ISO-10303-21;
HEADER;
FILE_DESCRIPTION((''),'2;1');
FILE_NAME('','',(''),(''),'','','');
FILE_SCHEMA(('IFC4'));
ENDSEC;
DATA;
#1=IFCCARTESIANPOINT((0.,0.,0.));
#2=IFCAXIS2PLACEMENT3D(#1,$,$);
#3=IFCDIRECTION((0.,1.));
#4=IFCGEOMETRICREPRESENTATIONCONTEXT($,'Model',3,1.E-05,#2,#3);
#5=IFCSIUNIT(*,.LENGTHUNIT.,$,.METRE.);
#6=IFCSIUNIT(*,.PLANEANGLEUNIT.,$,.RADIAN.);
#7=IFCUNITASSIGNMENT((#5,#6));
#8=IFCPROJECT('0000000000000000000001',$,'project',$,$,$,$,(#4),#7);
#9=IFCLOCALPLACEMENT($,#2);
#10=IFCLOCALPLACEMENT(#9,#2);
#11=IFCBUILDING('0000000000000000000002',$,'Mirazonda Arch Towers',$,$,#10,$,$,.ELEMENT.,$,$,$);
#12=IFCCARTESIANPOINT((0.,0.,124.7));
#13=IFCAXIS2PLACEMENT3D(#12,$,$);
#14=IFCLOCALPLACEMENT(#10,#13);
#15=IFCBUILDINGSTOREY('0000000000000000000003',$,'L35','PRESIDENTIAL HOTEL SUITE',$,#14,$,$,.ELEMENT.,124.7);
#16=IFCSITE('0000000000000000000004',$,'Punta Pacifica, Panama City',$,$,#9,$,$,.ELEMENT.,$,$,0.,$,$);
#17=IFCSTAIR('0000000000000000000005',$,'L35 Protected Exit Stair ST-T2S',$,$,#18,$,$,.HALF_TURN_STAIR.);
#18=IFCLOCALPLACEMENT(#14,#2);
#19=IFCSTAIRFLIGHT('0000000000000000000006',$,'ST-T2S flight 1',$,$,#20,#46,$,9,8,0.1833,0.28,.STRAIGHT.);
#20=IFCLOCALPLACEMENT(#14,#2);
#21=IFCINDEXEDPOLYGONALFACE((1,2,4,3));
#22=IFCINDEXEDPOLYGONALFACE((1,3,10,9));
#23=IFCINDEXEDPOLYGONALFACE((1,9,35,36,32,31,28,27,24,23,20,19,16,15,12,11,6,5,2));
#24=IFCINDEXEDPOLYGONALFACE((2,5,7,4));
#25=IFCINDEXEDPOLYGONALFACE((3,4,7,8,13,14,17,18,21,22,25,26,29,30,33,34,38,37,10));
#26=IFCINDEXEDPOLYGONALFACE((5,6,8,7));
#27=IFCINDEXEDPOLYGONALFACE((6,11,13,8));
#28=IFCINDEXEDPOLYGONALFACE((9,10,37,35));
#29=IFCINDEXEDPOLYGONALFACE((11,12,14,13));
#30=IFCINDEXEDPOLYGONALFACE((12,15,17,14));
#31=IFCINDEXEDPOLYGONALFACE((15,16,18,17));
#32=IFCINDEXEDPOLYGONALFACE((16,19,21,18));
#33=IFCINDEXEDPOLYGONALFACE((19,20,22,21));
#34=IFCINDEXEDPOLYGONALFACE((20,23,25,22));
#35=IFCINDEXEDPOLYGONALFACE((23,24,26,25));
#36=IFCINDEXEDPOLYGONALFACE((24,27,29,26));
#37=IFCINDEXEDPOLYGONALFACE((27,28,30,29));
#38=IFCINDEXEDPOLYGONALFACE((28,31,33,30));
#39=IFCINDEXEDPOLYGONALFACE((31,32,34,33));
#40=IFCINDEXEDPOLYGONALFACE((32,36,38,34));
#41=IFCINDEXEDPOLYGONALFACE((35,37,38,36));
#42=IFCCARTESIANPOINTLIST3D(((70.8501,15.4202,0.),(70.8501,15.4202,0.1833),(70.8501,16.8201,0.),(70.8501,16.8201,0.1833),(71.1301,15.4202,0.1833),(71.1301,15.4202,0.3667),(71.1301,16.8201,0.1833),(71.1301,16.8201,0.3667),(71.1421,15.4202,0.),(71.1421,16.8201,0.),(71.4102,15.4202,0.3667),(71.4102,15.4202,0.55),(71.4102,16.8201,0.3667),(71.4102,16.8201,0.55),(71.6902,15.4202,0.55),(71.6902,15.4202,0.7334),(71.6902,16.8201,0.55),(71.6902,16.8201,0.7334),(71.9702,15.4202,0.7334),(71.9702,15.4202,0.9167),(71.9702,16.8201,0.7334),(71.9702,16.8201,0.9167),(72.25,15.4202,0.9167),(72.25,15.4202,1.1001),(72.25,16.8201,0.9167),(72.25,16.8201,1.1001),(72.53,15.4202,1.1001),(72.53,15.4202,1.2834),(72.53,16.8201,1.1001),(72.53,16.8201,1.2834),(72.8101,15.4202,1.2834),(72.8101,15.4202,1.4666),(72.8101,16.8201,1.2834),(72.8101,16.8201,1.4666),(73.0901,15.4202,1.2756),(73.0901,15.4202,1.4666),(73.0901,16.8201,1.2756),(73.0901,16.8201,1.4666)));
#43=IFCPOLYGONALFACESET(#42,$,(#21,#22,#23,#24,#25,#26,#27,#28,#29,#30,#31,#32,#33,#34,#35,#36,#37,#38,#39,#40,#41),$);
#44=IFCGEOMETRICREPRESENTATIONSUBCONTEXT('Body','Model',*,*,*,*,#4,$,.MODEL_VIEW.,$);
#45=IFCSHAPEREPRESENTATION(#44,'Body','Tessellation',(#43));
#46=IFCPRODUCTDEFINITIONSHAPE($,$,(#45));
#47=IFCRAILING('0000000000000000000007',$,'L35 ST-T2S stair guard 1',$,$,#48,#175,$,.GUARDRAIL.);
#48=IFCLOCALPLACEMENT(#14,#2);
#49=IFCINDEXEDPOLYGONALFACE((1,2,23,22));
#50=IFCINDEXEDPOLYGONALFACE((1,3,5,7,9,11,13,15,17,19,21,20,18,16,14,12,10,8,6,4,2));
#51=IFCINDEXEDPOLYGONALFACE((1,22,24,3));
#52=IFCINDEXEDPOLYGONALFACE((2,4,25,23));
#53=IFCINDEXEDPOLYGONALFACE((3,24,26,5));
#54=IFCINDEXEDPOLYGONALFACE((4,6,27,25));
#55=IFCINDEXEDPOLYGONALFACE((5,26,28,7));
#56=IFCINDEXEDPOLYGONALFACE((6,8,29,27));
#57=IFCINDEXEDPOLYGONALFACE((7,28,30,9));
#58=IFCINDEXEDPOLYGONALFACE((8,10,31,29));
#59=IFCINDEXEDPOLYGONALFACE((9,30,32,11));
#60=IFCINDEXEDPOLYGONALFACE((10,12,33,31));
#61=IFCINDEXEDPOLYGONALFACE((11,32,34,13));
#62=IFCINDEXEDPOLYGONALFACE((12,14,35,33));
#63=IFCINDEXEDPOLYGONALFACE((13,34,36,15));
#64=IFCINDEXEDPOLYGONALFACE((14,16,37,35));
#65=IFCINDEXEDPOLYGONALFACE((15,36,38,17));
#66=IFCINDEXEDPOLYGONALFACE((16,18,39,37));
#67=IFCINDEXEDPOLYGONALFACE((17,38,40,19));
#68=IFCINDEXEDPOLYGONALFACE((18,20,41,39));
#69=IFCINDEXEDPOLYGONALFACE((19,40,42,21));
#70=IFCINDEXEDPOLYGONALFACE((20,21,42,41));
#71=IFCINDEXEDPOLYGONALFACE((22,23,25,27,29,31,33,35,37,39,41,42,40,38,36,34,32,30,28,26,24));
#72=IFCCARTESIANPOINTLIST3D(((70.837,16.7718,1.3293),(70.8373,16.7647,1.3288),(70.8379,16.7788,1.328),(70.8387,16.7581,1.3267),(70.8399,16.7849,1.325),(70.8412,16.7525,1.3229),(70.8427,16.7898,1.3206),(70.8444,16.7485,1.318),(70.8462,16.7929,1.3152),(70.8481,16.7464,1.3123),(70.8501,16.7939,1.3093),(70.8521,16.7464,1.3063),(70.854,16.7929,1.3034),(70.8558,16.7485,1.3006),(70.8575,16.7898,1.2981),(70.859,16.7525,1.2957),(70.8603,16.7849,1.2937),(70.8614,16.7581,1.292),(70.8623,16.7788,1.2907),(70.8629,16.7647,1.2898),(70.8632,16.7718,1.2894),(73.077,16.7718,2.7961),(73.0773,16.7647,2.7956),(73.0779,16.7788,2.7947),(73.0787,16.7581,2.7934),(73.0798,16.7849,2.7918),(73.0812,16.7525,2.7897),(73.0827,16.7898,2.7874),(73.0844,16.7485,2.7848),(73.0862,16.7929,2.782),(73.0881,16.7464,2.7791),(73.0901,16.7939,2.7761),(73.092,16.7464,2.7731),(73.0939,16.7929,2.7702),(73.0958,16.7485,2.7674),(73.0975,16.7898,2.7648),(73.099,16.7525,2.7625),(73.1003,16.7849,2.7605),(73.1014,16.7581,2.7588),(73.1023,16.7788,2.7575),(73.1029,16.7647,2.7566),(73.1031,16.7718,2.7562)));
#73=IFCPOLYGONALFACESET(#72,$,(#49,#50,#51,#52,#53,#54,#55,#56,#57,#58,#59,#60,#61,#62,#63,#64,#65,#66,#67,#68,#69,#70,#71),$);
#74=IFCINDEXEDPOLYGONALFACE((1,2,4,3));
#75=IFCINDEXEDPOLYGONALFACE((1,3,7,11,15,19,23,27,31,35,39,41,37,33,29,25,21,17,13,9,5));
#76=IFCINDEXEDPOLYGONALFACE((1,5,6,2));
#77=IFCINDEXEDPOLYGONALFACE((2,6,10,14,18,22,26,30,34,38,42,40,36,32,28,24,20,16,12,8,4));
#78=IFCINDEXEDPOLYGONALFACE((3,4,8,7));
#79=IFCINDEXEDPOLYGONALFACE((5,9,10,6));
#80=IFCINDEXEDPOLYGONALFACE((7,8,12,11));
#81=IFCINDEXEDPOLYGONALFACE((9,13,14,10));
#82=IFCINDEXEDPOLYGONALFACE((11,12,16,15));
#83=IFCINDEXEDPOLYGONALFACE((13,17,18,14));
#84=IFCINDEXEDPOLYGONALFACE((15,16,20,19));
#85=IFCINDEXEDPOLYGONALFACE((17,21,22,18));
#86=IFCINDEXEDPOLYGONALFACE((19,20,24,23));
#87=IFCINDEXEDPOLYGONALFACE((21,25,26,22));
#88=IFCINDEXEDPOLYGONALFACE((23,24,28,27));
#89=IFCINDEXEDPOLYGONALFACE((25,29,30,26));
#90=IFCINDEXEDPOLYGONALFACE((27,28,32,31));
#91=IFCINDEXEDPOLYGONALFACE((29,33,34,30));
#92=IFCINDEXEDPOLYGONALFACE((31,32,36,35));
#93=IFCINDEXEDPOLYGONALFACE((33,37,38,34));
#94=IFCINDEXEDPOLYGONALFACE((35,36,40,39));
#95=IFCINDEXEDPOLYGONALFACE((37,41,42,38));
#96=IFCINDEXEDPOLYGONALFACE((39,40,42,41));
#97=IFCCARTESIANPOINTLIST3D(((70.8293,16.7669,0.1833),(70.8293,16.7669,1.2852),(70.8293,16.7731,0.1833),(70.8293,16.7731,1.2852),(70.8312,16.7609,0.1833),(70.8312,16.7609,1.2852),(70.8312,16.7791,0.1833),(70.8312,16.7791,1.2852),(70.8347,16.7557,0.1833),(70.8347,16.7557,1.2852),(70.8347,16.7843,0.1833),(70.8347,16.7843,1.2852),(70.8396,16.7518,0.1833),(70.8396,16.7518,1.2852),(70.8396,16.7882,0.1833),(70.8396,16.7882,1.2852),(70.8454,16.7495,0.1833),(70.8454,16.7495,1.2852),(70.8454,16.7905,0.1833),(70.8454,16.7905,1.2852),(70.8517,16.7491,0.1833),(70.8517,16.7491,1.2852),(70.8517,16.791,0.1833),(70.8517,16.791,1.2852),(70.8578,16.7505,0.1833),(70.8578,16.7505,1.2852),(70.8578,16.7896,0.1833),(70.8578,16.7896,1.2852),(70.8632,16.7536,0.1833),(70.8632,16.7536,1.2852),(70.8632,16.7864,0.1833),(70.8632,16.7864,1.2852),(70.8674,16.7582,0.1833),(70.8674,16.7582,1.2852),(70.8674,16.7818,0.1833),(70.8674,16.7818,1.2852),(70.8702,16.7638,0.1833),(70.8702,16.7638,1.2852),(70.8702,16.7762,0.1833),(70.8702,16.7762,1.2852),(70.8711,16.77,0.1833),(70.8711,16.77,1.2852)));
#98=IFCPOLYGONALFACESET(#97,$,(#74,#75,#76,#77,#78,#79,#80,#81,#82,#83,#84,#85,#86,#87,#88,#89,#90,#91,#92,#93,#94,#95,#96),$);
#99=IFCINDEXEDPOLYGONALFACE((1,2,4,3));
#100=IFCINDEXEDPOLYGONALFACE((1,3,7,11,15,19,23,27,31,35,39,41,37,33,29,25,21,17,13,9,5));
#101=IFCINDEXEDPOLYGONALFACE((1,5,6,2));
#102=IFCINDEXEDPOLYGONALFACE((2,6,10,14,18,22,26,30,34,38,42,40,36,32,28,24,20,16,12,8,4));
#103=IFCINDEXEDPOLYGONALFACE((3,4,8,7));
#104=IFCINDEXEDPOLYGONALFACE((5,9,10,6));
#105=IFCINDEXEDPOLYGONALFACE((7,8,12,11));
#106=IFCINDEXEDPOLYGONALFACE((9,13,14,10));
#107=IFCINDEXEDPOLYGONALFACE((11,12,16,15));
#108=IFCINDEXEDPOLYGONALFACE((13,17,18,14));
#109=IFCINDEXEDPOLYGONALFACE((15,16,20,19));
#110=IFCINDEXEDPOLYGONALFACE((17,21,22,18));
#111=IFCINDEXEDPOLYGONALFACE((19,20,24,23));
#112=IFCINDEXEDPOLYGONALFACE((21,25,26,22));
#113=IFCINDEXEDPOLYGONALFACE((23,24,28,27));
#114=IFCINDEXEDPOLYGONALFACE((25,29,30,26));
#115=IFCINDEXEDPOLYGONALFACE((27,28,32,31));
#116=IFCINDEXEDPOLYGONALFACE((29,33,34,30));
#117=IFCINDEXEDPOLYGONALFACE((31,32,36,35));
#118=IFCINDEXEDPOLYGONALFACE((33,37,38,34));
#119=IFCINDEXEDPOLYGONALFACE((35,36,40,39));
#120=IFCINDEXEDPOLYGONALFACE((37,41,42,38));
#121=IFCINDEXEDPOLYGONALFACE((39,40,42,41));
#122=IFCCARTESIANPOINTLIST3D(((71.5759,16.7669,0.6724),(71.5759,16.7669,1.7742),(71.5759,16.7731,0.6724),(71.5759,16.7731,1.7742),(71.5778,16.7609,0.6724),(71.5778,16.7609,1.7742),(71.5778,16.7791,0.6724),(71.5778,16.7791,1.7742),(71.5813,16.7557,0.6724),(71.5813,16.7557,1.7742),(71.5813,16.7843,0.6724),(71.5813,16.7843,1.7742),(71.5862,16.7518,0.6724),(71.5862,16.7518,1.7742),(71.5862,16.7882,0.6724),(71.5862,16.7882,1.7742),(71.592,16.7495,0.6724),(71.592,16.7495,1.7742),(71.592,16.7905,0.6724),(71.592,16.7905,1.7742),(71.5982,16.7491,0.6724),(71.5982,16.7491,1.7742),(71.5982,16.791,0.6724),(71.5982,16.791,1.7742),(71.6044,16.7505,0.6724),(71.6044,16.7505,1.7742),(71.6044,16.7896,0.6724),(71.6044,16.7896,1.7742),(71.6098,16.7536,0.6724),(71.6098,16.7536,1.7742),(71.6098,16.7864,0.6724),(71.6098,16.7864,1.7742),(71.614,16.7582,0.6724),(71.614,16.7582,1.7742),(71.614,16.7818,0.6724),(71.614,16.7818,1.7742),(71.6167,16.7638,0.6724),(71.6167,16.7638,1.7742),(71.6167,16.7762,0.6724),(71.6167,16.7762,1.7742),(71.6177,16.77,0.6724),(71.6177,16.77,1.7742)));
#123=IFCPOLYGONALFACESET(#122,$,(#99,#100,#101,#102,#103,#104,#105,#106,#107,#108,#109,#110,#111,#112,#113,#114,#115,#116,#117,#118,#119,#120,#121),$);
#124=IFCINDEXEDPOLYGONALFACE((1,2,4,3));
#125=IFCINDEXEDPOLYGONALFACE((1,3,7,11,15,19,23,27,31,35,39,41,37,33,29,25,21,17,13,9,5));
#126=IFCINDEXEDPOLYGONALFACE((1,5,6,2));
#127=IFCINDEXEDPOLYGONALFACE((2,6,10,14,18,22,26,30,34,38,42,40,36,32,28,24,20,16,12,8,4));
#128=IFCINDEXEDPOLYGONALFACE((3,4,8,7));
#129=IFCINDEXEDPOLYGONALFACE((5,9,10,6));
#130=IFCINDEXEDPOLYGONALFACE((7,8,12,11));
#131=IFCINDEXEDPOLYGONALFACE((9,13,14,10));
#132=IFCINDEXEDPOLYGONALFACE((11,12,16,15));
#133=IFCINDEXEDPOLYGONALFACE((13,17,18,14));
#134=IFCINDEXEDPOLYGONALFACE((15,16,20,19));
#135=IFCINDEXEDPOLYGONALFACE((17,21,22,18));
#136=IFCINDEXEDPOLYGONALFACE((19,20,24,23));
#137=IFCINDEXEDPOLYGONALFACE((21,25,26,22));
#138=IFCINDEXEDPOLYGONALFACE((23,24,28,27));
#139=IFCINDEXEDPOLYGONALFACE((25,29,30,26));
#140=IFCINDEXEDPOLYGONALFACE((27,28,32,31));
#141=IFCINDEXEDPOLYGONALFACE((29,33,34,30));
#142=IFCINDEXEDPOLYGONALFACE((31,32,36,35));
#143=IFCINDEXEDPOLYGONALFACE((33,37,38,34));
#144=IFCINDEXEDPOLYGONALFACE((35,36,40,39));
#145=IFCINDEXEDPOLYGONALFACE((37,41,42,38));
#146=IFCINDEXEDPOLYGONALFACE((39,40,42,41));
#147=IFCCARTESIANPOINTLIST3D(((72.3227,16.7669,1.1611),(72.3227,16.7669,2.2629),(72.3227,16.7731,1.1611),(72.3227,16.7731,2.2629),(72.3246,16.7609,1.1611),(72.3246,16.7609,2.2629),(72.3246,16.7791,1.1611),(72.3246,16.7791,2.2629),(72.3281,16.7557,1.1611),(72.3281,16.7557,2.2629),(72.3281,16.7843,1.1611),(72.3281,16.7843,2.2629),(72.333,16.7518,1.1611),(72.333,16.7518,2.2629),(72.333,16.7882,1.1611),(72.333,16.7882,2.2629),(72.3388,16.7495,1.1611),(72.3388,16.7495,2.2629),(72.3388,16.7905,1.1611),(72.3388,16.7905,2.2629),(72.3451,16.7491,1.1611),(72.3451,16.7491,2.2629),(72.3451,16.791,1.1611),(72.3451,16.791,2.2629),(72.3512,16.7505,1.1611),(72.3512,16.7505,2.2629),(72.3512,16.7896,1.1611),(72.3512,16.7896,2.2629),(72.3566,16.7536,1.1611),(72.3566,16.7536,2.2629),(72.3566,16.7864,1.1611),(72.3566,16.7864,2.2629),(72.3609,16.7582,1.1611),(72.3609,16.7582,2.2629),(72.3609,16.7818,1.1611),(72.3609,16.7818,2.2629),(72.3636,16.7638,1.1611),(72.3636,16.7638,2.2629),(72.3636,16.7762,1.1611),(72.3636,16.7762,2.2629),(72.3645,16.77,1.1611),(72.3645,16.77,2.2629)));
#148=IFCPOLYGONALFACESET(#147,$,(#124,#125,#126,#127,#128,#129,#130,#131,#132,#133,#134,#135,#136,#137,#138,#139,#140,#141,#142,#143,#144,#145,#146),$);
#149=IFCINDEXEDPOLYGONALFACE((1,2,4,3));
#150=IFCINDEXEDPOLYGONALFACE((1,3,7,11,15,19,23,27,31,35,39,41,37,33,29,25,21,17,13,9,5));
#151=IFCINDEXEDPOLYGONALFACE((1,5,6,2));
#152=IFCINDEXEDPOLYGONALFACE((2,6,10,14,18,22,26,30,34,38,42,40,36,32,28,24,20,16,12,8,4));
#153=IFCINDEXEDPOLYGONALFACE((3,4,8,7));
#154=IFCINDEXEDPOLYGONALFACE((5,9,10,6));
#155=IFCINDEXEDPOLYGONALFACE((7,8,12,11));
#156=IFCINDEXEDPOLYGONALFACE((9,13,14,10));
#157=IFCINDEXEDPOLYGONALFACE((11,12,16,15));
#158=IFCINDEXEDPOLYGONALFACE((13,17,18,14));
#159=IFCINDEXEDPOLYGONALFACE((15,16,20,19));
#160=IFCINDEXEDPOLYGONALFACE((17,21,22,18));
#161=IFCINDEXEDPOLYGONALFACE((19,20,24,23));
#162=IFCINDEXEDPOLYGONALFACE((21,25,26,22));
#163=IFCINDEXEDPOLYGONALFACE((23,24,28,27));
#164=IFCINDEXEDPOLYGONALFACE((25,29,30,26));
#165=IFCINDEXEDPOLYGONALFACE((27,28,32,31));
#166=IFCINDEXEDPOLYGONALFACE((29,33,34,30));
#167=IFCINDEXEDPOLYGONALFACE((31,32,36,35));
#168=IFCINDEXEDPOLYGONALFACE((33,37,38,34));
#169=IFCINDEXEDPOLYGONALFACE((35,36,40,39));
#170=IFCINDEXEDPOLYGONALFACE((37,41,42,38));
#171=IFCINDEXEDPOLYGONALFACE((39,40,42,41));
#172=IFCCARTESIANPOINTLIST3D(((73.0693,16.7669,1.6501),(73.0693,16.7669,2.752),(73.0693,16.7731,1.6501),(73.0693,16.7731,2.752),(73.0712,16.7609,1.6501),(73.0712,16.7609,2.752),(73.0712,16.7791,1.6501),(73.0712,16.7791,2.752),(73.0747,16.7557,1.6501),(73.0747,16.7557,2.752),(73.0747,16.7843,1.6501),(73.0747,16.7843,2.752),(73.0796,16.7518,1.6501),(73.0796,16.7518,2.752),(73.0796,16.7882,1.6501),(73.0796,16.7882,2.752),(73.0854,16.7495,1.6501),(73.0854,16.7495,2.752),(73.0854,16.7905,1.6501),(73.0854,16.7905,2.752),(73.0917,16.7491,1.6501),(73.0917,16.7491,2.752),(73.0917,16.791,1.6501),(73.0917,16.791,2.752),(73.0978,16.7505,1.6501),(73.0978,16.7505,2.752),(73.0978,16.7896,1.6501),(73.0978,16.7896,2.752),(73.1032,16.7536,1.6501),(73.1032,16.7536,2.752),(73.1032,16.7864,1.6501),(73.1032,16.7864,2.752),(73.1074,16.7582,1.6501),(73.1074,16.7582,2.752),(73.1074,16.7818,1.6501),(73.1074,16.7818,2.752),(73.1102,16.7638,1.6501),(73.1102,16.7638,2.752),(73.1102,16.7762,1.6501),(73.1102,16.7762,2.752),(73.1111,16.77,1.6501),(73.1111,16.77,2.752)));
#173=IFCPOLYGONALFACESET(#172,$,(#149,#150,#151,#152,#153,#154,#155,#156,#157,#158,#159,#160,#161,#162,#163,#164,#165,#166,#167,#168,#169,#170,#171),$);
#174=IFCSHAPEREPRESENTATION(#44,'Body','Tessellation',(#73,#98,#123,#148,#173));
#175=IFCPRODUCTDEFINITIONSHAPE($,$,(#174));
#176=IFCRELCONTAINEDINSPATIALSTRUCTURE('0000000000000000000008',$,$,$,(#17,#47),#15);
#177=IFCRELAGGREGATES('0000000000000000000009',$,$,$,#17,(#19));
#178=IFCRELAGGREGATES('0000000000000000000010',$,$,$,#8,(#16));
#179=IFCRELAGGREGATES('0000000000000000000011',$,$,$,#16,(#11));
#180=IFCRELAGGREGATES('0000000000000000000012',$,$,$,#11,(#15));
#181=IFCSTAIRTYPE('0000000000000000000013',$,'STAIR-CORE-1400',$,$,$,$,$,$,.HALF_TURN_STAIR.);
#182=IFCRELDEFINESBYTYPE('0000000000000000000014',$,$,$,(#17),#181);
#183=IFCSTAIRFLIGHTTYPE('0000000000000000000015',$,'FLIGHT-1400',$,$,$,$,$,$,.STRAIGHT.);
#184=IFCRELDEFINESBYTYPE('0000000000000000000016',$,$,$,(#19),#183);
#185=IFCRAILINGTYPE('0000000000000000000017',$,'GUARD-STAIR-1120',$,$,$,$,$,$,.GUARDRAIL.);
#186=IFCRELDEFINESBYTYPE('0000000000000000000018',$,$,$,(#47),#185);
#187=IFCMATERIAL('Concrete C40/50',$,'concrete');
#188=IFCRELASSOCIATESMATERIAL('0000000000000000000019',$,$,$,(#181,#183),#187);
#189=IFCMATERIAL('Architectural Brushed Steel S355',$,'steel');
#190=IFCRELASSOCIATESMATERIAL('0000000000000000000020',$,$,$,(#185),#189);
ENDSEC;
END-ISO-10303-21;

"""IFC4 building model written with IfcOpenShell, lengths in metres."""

from ifc_helpers import new_model, si_unit, direction, frame, origin, origin_2d, place, context, subcontext, project, spatial, polyline, circle, outline, extrude, material, type_object, element, aggregate, save


model = new_model("IFC4")

# Units and contexts
model_context = context("Model", 3, precision=1e-05, world=origin(), true_north=direction((0.0, 1.0)))
body_context = subcontext(model_context, "Body", "Model", "MODEL_VIEW")
ifc_project = project(units=[si_unit("LENGTHUNIT", "METRE"), si_unit("PLANEANGLEUNIT", "RADIAN")], contexts=[model_context])

# Site, building, storey
site_placement = place(None, origin())
site = spatial("IfcSite", under=ifc_project, at=site_placement, Name="Punta Pacifica, Panama City", CompositionType="ELEMENT", RefElevation=0.0)
building_placement = place(site_placement, origin())
building = spatial("IfcBuilding", under=site, at=building_placement, Name="Mirazonda Arch Towers", CompositionType="ELEMENT")
storey_placement = place(building_placement, frame((0.0, 0.0, 124.7)))
storey = spatial("IfcBuildingStorey", under=building, at=storey_placement, Name="L35", Description="PRESIDENTIAL HOTEL SUITE", CompositionType="ELEMENT", Elevation=124.7)

# Stair, stair flight
ifc_material_1 = material(Name="Concrete C40/50", Category="concrete")
stair_type = type_object("IfcStairType", Name="STAIR-CORE-1400", PredefinedType="HALF_TURN_STAIR", material=ifc_material_1)
stair_placement = place(storey_placement, origin())
stair = element("IfcStair", 1, at=stair_placement, inside=storey, type_object=stair_type, Name="L35 Protected Exit Stair ST-T2S", PredefinedType="HALF_TURN_STAIR")
stair_flight_type = type_object("IfcStairFlightType", Name="FLIGHT-1400", PredefinedType="STRAIGHT", material=ifc_material_1)
stair_flight_placement = place(storey_placement, frame((70.8501, 16.1201, 0.0), z_axis=(0.0, 0.0, 1.0), x_axis=(1.0, 0.0, 0.0)))
stair_flight = element("IfcStairFlight", 2, at=stair_flight_placement, type_object=stair_flight_type, Name="ST-T2S flight 1", NumberOfRisers=9, NumberOfTreads=8, PredefinedType="STRAIGHT", RiserHeight=0.1833, TreadLength=0.28, context=body_context, shape_type="SweptSolid", body=[
    extrude(outline(polyline([(0.0, 0.0), (0.0, 0.1833), (0.28, 0.1833), (0.28, 0.3667), (0.5601, 0.3667), (0.5601, 0.55), (0.8401, 0.55), (0.8401, 0.7334), (1.1201, 0.7334), (1.1201, 0.9167), (1.3999, 0.9167), (1.3999, 1.1001), (1.6799, 1.1001), (1.6799, 1.2834), (1.96, 1.2834), (1.96, 1.4666), (2.24, 1.4666), (2.24, 1.6499), (2.24, 1.2756), (0.292, 0.0), (0.0, 0.0)])), frame((0.0, 0.7, 0.0), z_axis=(0.0, -1.0, 0.0), x_axis=(1.0, 0.0, 0.0)), (0.0, 0.0, 1.0), 1.3999),
])
aggregate(stair, [stair_flight])

# Railing
ifc_material_2 = material(Name="Architectural Brushed Steel S355", Category="steel")
railing_type_1 = type_object("IfcRailingType", Name="GUARD-STAIR-1120", PredefinedType="GUARDRAIL", material=ifc_material_2)
railing_1_placement = place(storey_placement, frame((70.8501, 16.77, 0.1833)))
element("IfcRailing", 3, at=railing_1_placement, inside=storey, type_object=railing_type_1, Name="L35 ST-T2S stair guard 1", PredefinedType="GUARDRAIL", context=body_context, shape_type="SweptSolid", body=[
    extrude(circle(Radius=0.0239, at=origin_2d()), frame((0.0, 0.0, 1.126), z_axis=(0.836595, 0.0, 0.547822), x_axis=(0.0, 1.0, 0.0)), (0.0, 0.0, 1.0), 2.6775),
    extrude(circle(Radius=0.021, at=origin_2d()), origin(), (0.0, 0.0, 1.0), 1.1018),
    extrude(circle(Radius=0.021, at=origin_2d()), frame((0.7466, 0.0, 0.489)), (0.0, 0.0, 1.0), 1.1018),
    extrude(circle(Radius=0.021, at=origin_2d()), frame((1.4934, 0.0, 0.9778)), (0.0, 0.0, 1.0), 1.1018),
    extrude(circle(Radius=0.021, at=origin_2d()), frame((2.24, 0.0, 1.4668)), (0.0, 0.0, 1.0), 1.1018),
])

save(model, "model.ifc")
